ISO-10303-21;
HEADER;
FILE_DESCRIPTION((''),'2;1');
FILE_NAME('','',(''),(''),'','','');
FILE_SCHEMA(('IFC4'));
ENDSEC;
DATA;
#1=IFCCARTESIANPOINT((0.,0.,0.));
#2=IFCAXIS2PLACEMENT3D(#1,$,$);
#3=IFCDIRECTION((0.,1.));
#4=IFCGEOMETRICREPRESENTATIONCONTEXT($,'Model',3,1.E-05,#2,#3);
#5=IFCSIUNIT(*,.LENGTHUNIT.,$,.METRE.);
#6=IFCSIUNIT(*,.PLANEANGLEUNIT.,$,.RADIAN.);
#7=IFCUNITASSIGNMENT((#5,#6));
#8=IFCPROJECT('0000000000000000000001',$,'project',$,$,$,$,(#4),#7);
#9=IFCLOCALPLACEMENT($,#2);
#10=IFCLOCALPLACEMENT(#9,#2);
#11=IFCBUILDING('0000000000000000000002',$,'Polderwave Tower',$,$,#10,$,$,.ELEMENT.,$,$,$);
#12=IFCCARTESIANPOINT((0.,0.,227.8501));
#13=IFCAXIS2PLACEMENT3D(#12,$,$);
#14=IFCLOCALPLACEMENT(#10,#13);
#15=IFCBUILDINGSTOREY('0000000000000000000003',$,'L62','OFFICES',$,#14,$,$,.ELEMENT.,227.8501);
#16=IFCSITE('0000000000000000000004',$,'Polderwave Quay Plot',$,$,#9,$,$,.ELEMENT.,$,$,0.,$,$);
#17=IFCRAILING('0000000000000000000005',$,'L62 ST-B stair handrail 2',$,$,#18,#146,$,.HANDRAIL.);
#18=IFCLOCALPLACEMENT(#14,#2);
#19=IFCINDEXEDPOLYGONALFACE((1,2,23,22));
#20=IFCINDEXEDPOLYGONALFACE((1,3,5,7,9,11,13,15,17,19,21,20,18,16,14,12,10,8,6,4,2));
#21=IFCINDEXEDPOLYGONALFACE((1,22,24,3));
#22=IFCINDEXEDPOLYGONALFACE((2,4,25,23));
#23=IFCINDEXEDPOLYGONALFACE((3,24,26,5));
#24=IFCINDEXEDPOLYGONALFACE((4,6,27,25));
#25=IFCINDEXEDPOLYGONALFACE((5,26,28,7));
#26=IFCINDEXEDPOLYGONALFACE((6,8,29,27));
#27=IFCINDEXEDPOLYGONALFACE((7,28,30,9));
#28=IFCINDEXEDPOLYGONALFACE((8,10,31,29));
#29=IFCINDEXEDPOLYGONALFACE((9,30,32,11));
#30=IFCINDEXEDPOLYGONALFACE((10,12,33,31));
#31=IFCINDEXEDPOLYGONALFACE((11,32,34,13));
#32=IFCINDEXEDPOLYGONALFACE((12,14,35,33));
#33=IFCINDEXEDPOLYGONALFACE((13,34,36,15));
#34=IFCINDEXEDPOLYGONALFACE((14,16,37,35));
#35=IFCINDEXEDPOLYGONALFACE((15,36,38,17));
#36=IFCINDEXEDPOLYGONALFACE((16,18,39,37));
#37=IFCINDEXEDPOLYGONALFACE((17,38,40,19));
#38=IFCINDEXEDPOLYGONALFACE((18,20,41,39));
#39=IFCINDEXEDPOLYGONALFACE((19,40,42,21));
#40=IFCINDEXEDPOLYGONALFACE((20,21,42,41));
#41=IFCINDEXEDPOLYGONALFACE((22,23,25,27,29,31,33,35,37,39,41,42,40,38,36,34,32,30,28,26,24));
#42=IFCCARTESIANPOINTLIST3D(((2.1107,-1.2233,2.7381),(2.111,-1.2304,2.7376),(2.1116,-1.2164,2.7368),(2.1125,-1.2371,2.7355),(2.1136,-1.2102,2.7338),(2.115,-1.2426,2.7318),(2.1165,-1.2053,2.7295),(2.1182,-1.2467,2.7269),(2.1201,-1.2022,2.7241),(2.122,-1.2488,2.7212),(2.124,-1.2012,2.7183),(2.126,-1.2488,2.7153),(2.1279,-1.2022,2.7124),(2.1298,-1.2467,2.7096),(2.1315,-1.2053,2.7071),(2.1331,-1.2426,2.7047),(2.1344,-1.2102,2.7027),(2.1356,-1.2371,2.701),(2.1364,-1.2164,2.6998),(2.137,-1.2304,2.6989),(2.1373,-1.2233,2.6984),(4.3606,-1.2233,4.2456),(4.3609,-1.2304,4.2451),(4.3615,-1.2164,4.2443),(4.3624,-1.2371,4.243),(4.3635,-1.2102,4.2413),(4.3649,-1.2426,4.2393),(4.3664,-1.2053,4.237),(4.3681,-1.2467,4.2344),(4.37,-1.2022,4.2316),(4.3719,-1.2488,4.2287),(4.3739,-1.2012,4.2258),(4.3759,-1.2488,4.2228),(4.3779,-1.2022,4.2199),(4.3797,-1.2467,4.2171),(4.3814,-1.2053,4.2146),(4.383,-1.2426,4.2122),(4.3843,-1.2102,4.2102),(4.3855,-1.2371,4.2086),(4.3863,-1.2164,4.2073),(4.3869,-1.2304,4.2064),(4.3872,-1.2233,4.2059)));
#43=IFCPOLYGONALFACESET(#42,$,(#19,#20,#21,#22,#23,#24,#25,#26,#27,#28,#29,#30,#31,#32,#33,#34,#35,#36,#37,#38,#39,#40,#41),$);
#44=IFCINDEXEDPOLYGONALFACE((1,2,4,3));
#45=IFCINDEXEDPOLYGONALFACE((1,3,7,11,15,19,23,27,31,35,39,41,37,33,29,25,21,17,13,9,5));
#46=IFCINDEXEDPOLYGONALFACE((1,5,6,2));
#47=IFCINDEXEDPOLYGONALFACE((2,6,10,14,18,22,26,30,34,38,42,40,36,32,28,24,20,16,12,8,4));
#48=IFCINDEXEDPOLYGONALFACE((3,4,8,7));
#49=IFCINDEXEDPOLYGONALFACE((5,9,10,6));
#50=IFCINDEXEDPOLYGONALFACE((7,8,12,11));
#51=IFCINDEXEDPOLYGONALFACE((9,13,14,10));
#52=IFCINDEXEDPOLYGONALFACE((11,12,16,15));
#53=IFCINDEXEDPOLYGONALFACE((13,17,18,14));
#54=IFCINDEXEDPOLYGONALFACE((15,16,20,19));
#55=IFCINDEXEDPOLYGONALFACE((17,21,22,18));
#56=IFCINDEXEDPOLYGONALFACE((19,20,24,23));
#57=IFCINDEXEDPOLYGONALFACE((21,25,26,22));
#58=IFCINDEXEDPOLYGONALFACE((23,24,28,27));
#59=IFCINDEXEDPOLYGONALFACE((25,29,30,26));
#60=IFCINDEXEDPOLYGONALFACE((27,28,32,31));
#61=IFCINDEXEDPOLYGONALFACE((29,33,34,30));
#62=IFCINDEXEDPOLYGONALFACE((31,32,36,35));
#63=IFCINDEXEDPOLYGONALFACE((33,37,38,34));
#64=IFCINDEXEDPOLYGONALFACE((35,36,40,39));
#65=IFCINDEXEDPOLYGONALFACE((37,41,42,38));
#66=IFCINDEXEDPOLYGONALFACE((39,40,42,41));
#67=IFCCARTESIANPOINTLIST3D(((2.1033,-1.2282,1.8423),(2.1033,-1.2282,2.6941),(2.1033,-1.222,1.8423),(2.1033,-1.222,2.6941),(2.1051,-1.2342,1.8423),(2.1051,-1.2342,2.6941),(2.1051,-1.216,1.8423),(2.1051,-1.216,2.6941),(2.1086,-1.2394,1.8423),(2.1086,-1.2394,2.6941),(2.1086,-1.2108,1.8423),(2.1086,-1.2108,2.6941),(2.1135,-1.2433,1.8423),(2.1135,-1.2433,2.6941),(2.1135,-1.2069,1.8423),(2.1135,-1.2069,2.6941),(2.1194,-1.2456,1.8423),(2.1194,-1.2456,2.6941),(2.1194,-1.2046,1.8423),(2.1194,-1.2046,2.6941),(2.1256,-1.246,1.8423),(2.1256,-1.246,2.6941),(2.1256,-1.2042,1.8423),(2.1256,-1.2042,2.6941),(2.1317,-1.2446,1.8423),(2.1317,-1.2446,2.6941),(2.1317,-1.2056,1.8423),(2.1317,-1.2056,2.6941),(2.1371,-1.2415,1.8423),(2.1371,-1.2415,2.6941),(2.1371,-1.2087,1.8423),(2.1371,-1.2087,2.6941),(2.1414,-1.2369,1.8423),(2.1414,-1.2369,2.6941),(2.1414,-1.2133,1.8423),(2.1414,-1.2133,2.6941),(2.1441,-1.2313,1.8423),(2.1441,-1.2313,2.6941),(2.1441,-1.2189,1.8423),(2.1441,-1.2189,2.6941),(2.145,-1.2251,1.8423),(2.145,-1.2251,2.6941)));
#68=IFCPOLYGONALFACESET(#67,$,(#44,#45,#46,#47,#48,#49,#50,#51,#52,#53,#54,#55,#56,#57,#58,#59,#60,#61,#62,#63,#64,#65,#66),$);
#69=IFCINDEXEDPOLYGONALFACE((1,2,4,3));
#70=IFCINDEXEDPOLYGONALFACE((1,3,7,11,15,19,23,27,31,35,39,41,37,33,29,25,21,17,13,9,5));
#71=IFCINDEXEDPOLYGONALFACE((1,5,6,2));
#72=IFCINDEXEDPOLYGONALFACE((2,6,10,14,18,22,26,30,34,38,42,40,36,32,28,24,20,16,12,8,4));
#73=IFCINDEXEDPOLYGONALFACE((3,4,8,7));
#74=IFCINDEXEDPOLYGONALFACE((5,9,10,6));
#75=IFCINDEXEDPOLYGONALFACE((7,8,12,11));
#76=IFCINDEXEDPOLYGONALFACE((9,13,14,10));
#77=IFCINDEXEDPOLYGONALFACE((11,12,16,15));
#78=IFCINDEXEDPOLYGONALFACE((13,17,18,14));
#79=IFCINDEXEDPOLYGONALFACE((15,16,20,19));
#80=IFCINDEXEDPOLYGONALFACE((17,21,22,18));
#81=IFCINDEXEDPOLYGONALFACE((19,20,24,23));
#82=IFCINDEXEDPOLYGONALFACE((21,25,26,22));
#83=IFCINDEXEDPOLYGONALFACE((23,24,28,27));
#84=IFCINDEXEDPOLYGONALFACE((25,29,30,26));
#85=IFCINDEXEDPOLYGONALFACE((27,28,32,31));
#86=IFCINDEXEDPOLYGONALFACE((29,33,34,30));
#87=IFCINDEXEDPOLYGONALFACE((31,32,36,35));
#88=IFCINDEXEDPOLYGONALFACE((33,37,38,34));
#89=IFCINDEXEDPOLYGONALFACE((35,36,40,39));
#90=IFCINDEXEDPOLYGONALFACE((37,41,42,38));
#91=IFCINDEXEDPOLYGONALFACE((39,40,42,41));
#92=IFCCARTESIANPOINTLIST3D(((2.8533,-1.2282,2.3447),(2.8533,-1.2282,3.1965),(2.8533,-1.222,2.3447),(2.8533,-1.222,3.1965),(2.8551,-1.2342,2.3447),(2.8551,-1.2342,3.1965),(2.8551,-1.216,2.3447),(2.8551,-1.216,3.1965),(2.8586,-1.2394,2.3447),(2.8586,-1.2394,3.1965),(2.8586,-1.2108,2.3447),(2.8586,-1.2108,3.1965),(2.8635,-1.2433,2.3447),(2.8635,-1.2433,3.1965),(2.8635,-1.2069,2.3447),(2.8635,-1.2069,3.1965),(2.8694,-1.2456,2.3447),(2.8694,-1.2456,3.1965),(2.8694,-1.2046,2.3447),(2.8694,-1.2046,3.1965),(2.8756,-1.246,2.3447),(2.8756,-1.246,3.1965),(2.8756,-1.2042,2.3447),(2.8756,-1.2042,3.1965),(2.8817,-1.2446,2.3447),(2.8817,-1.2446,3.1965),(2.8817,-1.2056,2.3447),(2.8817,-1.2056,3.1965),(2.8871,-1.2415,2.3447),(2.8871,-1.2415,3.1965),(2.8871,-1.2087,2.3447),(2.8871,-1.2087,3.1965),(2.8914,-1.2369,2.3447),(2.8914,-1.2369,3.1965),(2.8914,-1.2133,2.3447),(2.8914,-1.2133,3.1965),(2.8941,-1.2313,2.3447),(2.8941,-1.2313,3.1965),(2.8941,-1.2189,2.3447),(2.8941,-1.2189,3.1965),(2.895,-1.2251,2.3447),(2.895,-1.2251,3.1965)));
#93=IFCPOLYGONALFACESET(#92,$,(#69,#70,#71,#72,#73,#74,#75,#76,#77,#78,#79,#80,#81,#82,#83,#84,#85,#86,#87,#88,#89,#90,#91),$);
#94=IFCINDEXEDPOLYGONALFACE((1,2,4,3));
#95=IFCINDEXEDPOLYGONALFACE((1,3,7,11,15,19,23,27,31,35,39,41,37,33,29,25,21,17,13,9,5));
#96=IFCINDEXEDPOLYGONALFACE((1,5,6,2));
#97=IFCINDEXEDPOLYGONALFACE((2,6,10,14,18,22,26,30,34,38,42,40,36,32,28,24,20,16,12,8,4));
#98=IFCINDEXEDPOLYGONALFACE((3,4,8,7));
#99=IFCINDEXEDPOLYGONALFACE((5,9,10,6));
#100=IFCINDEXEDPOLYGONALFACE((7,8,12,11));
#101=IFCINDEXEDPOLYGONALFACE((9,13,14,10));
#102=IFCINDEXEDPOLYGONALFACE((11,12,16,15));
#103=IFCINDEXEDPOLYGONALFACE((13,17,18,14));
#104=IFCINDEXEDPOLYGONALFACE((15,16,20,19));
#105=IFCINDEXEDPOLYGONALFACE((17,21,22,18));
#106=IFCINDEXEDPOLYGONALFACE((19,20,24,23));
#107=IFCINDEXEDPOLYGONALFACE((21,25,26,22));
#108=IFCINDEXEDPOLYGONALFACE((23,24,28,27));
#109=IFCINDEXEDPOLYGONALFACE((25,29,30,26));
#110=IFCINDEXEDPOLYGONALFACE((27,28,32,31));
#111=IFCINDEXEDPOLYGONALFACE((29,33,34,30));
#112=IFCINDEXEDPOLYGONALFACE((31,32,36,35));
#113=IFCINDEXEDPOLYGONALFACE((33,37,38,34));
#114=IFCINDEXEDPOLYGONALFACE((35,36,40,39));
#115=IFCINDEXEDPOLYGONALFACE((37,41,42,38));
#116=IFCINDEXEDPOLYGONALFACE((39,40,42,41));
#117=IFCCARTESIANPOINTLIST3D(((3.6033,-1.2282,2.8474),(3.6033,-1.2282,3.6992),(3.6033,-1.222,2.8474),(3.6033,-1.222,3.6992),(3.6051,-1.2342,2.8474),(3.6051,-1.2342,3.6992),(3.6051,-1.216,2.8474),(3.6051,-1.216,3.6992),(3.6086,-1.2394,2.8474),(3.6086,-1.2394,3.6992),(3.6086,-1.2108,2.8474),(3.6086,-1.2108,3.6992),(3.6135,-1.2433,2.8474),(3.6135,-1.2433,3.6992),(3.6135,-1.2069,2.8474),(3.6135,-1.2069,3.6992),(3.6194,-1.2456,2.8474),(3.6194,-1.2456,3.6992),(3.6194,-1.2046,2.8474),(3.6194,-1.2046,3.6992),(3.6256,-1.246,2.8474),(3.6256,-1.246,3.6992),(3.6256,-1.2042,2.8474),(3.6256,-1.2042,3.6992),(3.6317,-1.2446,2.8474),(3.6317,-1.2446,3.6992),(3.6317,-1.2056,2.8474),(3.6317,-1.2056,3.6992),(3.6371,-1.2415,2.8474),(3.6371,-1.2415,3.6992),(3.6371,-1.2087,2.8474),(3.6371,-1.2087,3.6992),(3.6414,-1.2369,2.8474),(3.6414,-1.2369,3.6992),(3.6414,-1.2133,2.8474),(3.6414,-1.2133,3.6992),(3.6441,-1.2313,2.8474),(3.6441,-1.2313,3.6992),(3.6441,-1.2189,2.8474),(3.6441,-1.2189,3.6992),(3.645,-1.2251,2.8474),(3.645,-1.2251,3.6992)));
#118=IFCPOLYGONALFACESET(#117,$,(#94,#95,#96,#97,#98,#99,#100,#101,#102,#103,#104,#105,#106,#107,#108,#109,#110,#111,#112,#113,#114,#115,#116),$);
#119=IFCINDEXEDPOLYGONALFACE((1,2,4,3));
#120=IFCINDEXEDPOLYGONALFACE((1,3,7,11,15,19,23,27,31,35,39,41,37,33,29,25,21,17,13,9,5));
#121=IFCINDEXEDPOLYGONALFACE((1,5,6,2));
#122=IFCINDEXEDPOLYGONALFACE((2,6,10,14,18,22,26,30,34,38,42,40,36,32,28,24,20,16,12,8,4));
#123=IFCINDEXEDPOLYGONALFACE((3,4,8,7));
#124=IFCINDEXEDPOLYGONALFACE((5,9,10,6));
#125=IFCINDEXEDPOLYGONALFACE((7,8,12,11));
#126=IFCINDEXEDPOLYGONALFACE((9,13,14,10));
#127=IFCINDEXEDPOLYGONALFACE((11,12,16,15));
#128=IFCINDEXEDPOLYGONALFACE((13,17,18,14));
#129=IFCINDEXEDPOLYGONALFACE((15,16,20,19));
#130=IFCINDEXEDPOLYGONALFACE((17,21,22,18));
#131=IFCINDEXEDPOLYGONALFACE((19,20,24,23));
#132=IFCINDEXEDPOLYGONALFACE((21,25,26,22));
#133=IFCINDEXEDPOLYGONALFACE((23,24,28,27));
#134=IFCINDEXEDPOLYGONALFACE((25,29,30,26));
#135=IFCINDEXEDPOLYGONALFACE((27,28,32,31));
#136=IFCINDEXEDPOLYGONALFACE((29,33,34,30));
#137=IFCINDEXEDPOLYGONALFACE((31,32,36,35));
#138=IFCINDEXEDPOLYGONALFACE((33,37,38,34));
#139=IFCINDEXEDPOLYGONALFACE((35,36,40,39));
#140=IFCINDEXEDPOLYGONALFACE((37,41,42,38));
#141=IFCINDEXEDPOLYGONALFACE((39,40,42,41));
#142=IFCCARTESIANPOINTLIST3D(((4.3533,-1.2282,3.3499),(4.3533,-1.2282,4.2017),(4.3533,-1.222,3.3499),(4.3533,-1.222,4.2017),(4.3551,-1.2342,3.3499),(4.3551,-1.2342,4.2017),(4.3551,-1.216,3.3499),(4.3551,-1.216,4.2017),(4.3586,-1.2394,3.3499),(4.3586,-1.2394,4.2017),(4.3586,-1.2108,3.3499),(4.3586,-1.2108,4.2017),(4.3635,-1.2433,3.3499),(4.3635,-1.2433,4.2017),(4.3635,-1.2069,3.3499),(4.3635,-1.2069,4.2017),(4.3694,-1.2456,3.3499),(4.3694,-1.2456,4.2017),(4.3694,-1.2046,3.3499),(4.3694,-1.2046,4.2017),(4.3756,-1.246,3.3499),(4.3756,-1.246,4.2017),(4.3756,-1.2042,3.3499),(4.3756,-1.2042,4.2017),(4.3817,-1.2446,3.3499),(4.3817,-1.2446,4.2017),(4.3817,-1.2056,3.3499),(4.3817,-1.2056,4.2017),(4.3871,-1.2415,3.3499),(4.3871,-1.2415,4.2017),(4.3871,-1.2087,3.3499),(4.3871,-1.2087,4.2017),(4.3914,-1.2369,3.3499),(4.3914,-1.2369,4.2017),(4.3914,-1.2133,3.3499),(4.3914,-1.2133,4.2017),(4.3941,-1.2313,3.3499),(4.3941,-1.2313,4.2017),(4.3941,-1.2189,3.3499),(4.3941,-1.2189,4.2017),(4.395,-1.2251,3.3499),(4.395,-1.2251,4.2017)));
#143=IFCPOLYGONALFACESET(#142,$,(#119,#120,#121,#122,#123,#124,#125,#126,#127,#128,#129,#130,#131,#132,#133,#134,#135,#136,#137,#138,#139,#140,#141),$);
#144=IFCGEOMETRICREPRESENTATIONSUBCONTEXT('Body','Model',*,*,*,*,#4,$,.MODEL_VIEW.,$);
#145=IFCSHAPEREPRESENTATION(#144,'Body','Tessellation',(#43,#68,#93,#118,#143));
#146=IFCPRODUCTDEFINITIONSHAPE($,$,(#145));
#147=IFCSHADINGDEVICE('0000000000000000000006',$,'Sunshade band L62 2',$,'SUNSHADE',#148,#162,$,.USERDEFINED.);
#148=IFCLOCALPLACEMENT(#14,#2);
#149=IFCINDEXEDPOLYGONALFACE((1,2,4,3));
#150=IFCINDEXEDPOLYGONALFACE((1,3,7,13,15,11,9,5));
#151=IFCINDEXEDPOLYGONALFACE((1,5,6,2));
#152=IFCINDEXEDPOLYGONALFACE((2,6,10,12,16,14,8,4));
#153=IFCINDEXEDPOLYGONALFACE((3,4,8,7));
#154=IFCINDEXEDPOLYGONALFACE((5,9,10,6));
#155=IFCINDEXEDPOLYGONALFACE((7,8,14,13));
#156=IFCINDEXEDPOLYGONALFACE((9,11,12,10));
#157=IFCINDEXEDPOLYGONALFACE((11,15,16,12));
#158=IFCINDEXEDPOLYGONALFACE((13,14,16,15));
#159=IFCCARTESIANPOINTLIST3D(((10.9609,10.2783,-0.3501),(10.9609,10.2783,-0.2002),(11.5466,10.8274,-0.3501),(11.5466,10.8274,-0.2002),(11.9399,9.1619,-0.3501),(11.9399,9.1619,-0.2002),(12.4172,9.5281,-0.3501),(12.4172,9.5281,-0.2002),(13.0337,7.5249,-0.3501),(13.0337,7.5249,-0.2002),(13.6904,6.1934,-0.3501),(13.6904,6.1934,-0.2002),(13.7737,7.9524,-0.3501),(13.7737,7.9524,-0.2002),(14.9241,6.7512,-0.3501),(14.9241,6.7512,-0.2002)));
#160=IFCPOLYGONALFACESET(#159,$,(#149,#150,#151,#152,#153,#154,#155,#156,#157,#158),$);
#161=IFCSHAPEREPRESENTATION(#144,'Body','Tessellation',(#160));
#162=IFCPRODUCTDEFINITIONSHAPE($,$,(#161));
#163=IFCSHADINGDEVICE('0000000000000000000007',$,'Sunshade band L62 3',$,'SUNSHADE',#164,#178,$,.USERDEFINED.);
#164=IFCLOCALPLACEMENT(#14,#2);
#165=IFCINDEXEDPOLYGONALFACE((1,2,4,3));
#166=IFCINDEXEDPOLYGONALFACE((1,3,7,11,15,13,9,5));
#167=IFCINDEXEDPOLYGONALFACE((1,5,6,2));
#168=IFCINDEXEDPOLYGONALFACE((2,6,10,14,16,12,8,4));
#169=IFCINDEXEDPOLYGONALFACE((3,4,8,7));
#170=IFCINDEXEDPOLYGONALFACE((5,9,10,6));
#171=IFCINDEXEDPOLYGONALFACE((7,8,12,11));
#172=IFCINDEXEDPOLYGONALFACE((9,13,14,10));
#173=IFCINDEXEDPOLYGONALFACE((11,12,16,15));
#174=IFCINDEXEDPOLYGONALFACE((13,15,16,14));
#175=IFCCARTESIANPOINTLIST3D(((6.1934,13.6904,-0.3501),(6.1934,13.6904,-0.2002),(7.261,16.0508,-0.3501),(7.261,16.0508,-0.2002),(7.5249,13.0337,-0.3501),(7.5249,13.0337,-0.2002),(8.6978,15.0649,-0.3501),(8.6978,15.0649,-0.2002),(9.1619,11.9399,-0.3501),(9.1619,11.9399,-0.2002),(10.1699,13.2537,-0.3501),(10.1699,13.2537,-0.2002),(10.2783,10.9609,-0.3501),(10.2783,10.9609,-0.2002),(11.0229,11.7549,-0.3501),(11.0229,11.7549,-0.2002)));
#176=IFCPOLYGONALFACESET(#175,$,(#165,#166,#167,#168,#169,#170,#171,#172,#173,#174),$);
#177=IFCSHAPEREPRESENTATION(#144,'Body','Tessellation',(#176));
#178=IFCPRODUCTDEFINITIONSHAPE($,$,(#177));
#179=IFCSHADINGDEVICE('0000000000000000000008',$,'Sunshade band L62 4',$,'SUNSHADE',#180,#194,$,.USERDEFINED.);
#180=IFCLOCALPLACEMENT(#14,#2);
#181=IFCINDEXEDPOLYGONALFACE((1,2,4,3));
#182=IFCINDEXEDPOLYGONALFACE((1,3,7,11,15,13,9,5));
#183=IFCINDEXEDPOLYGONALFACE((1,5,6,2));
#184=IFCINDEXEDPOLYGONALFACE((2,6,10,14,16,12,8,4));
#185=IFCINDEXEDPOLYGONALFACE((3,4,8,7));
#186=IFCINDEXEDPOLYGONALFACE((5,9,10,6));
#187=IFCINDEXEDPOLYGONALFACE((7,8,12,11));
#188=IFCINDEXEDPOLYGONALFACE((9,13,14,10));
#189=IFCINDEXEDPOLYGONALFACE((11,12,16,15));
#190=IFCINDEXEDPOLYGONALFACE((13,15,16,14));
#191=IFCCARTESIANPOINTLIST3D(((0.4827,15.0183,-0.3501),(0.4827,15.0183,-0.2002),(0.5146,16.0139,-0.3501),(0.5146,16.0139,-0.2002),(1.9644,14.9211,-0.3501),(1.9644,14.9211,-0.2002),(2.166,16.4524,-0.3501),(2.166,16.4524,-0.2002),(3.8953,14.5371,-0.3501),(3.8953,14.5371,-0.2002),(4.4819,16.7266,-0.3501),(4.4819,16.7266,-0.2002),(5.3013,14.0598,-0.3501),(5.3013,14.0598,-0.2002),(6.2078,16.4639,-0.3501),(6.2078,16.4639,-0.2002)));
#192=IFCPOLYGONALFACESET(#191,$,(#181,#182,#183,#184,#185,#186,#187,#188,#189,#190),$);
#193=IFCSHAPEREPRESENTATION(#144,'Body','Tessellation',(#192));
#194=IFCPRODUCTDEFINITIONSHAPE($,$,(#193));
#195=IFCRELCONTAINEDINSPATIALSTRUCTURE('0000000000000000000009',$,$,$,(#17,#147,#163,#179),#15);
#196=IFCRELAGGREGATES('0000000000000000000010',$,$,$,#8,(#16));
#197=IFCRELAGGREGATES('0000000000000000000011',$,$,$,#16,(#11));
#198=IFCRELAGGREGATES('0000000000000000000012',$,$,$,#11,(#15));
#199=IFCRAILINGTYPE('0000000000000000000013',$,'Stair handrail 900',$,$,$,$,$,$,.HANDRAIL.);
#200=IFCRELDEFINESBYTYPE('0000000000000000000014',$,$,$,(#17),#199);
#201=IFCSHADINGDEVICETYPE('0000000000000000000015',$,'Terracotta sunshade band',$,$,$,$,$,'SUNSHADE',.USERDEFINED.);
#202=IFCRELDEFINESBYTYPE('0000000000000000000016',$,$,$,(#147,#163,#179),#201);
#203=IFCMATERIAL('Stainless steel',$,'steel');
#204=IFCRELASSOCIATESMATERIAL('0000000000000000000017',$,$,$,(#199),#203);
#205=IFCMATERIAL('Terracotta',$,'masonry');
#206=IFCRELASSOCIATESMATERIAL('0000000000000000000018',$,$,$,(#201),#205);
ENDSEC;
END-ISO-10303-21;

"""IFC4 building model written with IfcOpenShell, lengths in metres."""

from ifc_helpers import new_model, si_unit, direction, frame, origin, origin_2d, place, context, subcontext, project, spatial, polyline, circle, outline, extrude, material, type_object, element, save


model = new_model("IFC4")

# Units and contexts
model_context = context("Model", 3, precision=1e-05, world=origin(), true_north=direction((0.0, 1.0)))
body_context = subcontext(model_context, "Body", "Model", "MODEL_VIEW")
ifc_project = project(units=[si_unit("LENGTHUNIT", "METRE"), si_unit("PLANEANGLEUNIT", "RADIAN")], contexts=[model_context])

# Site, building, storey
site_placement = place(None, origin())
site = spatial("IfcSite", under=ifc_project, at=site_placement, Name="Polderwave Quay Plot", CompositionType="ELEMENT", RefElevation=0.0)
building_placement = place(site_placement, origin())
building = spatial("IfcBuilding", under=site, at=building_placement, Name="Polderwave Tower", CompositionType="ELEMENT")
storey_placement = place(building_placement, frame((0.0, 0.0, 227.8501)))
storey = spatial("IfcBuildingStorey", under=building, at=storey_placement, Name="L62", Description="OFFICES", CompositionType="ELEMENT", Elevation=227.8501)

# Railing
ifc_material_1 = material(Name="Stainless steel", Category="steel")
railing_type_1 = type_object("IfcRailingType", Name="Stair handrail 900", PredefinedType="HANDRAIL", material=ifc_material_1)
railing_1_placement = place(storey_placement, frame((2.124, -1.2251, 1.8423)))
element("IfcRailing", 1, at=railing_1_placement, inside=storey, type_object=railing_type_1, Name="L62 ST-B stair handrail 2", PredefinedType="HANDRAIL", context=body_context, shape_type="SweptSolid", body=[
    extrude(circle(Radius=0.0239, at=origin_2d()), frame((0.0, 0.0, 0.876), z_axis=(0.830758, 0.0, 0.556633), x_axis=(0.0, 1.0, 0.0)), (0.0, 0.0, 1.0), 2.7083),
    extrude(circle(Radius=0.021, at=origin_2d()), origin(), (0.0, 0.0, 1.0), 0.8518),
    extrude(circle(Radius=0.021, at=origin_2d()), frame((0.75, 0.0, 0.5024)), (0.0, 0.0, 1.0), 0.8518),
    extrude(circle(Radius=0.021, at=origin_2d()), frame((1.5, 0.0, 1.0051)), (0.0, 0.0, 1.0), 0.8518),
    extrude(circle(Radius=0.021, at=origin_2d()), frame((2.25, 0.0, 1.5076)), (0.0, 0.0, 1.0), 0.8518),
])

# Shading devices
ifc_material_2 = material(Name="Terracotta", Category="masonry")
shading_device_type = type_object("IfcShadingDeviceType", Name="Terracotta sunshade band", ElementType="SUNSHADE", PredefinedType="USERDEFINED", material=ifc_material_2)
shading_device_1_placement = place(storey_placement, frame((0.0, 0.0, -0.3501)))
element("IfcShadingDevice", 2, at=shading_device_1_placement, inside=storey, type_object=shading_device_type, Name="Sunshade band L62 2", ObjectType="SUNSHADE", PredefinedType="USERDEFINED", context=body_context, shape_type="SweptSolid", body=[
    extrude(outline(polyline([(13.6904, 6.1934), (13.0337, 7.5249), (11.9399, 9.1619), (10.9609, 10.2783), (11.5466, 10.8274), (12.4172, 9.5281), (13.7737, 7.9524), (14.9241, 6.7512), (13.6904, 6.1934)])), origin(), (0.0, 0.0, 1.0), 0.1499),
])
shading_device_2_placement = place(storey_placement, frame((0.0, 0.0, -0.3501)))
element("IfcShadingDevice", 3, at=shading_device_2_placement, inside=storey, type_object=shading_device_type, Name="Sunshade band L62 3", ObjectType="SUNSHADE", PredefinedType="USERDEFINED", context=body_context, shape_type="SweptSolid", body=[
    extrude(outline(polyline([(10.2783, 10.9609), (9.1619, 11.9399), (7.5249, 13.0337), (6.1934, 13.6904), (7.261, 16.0508), (8.6978, 15.0649), (10.1699, 13.2537), (11.0229, 11.7549), (10.2783, 10.9609)])), origin(), (0.0, 0.0, 1.0), 0.1499),
])
shading_device_3_placement = place(storey_placement, frame((0.0, 0.0, -0.3501)))
element("IfcShadingDevice", 4, at=shading_device_3_placement, inside=storey, type_object=shading_device_type, Name="Sunshade band L62 4", ObjectType="SUNSHADE", PredefinedType="USERDEFINED", context=body_context, shape_type="SweptSolid", body=[
    extrude(outline(polyline([(5.3013, 14.0598), (3.8953, 14.5371), (1.9644, 14.9211), (0.4827, 15.0183), (0.5146, 16.0139), (2.166, 16.4524), (4.4819, 16.7266), (6.2078, 16.4639), (5.3013, 14.0598)])), origin(), (0.0, 0.0, 1.0), 0.1499),
])

save(model, "model.ifc")
